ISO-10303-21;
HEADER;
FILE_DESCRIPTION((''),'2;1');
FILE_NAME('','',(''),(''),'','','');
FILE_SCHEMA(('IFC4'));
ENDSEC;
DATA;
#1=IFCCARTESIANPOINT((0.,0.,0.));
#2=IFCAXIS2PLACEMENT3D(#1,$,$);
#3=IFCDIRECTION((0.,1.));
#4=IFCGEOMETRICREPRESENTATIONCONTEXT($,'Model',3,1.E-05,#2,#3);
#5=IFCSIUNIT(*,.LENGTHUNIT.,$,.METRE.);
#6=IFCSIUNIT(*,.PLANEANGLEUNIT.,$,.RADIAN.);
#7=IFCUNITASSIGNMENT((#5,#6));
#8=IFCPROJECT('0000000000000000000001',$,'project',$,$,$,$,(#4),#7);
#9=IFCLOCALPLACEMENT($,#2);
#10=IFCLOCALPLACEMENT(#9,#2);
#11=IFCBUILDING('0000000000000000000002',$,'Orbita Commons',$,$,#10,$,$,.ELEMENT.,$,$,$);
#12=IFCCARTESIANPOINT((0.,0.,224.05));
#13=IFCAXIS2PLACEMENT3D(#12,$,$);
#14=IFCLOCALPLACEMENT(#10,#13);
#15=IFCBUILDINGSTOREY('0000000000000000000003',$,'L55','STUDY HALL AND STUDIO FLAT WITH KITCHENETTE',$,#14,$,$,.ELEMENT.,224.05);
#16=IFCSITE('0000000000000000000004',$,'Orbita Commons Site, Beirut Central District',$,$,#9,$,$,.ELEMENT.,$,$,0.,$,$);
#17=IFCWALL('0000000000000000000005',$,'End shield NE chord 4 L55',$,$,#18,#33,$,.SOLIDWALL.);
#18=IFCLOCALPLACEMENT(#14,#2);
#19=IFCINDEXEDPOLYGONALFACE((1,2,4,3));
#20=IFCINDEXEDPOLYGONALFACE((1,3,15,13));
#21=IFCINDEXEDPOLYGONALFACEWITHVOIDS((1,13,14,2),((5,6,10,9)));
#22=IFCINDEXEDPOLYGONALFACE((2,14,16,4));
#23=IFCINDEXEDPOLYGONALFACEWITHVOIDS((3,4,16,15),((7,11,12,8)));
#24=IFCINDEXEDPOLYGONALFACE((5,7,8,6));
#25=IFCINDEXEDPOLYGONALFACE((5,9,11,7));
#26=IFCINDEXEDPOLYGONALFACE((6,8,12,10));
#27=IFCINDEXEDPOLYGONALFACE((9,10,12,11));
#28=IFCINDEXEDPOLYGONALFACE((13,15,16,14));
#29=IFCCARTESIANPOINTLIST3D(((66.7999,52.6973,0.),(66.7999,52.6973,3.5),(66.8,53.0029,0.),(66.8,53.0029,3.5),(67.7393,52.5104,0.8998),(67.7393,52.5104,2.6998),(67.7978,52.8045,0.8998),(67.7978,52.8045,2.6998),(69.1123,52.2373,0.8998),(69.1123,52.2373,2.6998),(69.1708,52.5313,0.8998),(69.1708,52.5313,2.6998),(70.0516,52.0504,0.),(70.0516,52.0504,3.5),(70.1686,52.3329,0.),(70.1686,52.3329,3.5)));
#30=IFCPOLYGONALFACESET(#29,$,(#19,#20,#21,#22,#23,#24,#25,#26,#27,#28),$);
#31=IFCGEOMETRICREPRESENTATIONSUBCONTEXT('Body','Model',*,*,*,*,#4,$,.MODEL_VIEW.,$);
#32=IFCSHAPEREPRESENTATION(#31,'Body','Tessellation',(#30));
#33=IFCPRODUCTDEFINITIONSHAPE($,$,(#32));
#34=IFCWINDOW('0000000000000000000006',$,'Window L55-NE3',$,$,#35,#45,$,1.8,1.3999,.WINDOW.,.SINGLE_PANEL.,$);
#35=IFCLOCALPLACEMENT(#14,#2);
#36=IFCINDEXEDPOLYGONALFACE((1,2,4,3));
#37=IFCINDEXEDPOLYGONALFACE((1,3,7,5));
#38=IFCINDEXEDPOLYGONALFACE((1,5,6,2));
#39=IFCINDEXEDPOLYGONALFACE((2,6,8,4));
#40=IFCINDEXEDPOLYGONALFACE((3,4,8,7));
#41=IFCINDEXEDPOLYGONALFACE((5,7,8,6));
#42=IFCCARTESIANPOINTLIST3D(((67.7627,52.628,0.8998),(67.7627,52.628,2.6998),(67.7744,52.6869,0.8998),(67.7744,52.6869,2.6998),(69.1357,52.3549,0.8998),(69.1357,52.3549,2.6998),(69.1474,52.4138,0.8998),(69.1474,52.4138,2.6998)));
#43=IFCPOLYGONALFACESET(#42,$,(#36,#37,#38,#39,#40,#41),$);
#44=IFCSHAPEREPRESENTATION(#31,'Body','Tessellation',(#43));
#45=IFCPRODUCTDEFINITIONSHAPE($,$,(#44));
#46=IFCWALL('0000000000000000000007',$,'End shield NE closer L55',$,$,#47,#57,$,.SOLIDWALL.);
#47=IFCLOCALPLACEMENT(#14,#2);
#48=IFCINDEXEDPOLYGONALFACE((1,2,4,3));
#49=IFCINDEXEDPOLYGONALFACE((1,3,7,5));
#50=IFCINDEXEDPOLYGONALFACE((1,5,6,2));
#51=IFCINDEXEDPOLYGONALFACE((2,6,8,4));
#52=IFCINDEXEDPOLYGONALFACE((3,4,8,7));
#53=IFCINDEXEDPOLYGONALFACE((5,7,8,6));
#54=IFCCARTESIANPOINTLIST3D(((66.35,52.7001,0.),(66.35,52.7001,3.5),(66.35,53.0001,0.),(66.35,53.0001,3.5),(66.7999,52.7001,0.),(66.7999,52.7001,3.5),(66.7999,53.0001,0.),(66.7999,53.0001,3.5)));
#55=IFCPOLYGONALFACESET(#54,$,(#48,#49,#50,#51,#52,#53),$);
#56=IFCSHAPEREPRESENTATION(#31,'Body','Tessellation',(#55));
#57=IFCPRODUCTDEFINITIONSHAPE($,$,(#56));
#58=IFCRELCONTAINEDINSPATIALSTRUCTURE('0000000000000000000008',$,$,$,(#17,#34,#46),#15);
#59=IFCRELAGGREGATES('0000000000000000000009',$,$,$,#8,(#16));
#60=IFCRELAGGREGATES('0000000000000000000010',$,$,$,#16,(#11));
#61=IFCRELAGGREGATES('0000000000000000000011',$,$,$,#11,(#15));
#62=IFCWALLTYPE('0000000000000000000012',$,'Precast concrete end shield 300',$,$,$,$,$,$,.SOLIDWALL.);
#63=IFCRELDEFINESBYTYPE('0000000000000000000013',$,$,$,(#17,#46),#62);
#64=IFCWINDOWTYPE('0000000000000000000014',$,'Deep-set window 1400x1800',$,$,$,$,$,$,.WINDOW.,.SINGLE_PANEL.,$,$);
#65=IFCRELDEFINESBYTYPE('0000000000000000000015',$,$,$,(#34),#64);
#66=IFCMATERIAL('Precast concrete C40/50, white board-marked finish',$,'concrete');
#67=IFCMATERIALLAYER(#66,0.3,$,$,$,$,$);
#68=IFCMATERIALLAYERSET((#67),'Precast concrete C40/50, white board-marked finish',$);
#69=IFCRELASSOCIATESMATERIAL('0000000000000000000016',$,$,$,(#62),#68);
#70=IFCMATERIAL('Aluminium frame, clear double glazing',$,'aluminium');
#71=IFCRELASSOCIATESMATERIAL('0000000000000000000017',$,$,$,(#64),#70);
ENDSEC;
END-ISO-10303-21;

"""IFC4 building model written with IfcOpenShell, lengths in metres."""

from ifc_helpers import new_model, si_unit, direction, frame, frame_2d, origin, place, context, subcontext, project, spatial, polyline, rectangle, outline, extrude, material, layer, layer_set, type_object, element, fill, save


model = new_model("IFC4")

# Units and contexts
model_context = context("Model", 3, precision=1e-05, world=origin(), true_north=direction((0.0, 1.0)))
body_context = subcontext(model_context, "Body", "Model", "MODEL_VIEW")
ifc_project = project(units=[si_unit("LENGTHUNIT", "METRE"), si_unit("PLANEANGLEUNIT", "RADIAN")], contexts=[model_context])

# Site, building, storey
site_placement = place(None, origin())
site = spatial("IfcSite", under=ifc_project, at=site_placement, Name="Orbita Commons Site, Beirut Central District", CompositionType="ELEMENT", RefElevation=0.0)
building_placement = place(site_placement, origin())
building = spatial("IfcBuilding", under=site, at=building_placement, Name="Orbita Commons", CompositionType="ELEMENT")
storey_placement = place(building_placement, frame((0.0, 0.0, 224.05)))
storey = spatial("IfcBuildingStorey", under=building, at=storey_placement, Name="L55", Description="STUDY HALL AND STUDIO FLAT WITH KITCHENETTE", CompositionType="ELEMENT", Elevation=224.05)

# Wall, opening, window
ifc_material_1 = material(Name="Precast concrete C40/50, white board-marked finish", Category="concrete")
ifc_layer_1 = layer(ifc_material_1, 0.3)
ifc_layer_set_1 = layer_set([ifc_layer_1], Name="Precast concrete C40/50, white board-marked finish")
wall_type_1 = type_object("IfcWallType", Name="Precast concrete end shield 300", PredefinedType="SOLIDWALL", material=ifc_layer_set_1)
ifc_material_2 = material(Name="Aluminium frame, clear double glazing", Category="aluminium")
window_type = type_object("IfcWindowType", Name="Deep-set window 1400x1800", PartitioningType="SINGLE_PANEL", PredefinedType="WINDOW", material=ifc_material_2)
wall_1_placement = place(storey_placement, frame((70.1101, 52.1917, 0.0), z_axis=(0.0, 0.0, 1.0), x_axis=(-0.980783, 0.1951, 0.0)))
wall_1 = element("IfcWall", 1, at=wall_1_placement, inside=storey, type_object=wall_type_1, Name="End shield NE chord 4 L55", PredefinedType="SOLIDWALL", context=body_context, shape_type="SweptSolid", body=[
    extrude(outline(polyline([(-0.0298, -0.1499), (3.4048, -0.1499), (3.3452, 0.1499), (0.0298, 0.1499), (-0.0298, -0.1499)])), origin(), (0.0, 0.0, 1.0), 3.5),
])
opening_1_placement = place(wall_1_placement, frame((0.9875, 0.0, 0.8999)))
opening_1 = element("IfcOpeningElement", 2, at=opening_1_placement, cuts=wall_1, PredefinedType="OPENING", context=body_context, shape_type="SweptSolid", body=[
    extrude(rectangle(XDim=1.3999, YDim=1.8, at=frame_2d((0.7, 0.8999))), frame((0.0, 0.1599, 0.0), z_axis=(0.0, -1.0, 0.0), x_axis=(1.0, 0.0, 0.0)), (0.0, 0.0, 1.0), 0.3201),
])
window_1_placement = place(opening_1_placement, origin())
window_1 = element("IfcWindow", 3, at=window_1_placement, inside=storey, type_object=window_type, Name="Window L55-NE3", OverallHeight=1.8, OverallWidth=1.3999, PartitioningType="SINGLE_PANEL", PredefinedType="WINDOW", context=body_context, shape_type="SweptSolid", body=[
    extrude(rectangle(XDim=1.3999, YDim=1.8, at=frame_2d((0.7, 0.8999))), frame((0.0, 0.03, 0.0), z_axis=(0.0, -1.0, 0.0), x_axis=(1.0, 0.0, 0.0)), (0.0, 0.0, 1.0), 0.0601),
])
fill(opening_1, window_1)

# Wall
wall_2_placement = place(storey_placement, frame((66.8, 52.8501, 0.0), z_axis=(0.0, 0.0, 1.0), x_axis=(-1.0, 0.0, 0.0)))
element("IfcWall", 4, at=wall_2_placement, inside=storey, type_object=wall_type_1, Name="End shield NE closer L55", PredefinedType="SOLIDWALL", context=body_context, shape_type="SweptSolid", body=[
    extrude(rectangle(XDim=0.45, YDim=0.3, at=frame_2d((0.2251, 0.0))), origin(), (0.0, 0.0, 1.0), 3.5),
])

save(model, "model.ifc")
